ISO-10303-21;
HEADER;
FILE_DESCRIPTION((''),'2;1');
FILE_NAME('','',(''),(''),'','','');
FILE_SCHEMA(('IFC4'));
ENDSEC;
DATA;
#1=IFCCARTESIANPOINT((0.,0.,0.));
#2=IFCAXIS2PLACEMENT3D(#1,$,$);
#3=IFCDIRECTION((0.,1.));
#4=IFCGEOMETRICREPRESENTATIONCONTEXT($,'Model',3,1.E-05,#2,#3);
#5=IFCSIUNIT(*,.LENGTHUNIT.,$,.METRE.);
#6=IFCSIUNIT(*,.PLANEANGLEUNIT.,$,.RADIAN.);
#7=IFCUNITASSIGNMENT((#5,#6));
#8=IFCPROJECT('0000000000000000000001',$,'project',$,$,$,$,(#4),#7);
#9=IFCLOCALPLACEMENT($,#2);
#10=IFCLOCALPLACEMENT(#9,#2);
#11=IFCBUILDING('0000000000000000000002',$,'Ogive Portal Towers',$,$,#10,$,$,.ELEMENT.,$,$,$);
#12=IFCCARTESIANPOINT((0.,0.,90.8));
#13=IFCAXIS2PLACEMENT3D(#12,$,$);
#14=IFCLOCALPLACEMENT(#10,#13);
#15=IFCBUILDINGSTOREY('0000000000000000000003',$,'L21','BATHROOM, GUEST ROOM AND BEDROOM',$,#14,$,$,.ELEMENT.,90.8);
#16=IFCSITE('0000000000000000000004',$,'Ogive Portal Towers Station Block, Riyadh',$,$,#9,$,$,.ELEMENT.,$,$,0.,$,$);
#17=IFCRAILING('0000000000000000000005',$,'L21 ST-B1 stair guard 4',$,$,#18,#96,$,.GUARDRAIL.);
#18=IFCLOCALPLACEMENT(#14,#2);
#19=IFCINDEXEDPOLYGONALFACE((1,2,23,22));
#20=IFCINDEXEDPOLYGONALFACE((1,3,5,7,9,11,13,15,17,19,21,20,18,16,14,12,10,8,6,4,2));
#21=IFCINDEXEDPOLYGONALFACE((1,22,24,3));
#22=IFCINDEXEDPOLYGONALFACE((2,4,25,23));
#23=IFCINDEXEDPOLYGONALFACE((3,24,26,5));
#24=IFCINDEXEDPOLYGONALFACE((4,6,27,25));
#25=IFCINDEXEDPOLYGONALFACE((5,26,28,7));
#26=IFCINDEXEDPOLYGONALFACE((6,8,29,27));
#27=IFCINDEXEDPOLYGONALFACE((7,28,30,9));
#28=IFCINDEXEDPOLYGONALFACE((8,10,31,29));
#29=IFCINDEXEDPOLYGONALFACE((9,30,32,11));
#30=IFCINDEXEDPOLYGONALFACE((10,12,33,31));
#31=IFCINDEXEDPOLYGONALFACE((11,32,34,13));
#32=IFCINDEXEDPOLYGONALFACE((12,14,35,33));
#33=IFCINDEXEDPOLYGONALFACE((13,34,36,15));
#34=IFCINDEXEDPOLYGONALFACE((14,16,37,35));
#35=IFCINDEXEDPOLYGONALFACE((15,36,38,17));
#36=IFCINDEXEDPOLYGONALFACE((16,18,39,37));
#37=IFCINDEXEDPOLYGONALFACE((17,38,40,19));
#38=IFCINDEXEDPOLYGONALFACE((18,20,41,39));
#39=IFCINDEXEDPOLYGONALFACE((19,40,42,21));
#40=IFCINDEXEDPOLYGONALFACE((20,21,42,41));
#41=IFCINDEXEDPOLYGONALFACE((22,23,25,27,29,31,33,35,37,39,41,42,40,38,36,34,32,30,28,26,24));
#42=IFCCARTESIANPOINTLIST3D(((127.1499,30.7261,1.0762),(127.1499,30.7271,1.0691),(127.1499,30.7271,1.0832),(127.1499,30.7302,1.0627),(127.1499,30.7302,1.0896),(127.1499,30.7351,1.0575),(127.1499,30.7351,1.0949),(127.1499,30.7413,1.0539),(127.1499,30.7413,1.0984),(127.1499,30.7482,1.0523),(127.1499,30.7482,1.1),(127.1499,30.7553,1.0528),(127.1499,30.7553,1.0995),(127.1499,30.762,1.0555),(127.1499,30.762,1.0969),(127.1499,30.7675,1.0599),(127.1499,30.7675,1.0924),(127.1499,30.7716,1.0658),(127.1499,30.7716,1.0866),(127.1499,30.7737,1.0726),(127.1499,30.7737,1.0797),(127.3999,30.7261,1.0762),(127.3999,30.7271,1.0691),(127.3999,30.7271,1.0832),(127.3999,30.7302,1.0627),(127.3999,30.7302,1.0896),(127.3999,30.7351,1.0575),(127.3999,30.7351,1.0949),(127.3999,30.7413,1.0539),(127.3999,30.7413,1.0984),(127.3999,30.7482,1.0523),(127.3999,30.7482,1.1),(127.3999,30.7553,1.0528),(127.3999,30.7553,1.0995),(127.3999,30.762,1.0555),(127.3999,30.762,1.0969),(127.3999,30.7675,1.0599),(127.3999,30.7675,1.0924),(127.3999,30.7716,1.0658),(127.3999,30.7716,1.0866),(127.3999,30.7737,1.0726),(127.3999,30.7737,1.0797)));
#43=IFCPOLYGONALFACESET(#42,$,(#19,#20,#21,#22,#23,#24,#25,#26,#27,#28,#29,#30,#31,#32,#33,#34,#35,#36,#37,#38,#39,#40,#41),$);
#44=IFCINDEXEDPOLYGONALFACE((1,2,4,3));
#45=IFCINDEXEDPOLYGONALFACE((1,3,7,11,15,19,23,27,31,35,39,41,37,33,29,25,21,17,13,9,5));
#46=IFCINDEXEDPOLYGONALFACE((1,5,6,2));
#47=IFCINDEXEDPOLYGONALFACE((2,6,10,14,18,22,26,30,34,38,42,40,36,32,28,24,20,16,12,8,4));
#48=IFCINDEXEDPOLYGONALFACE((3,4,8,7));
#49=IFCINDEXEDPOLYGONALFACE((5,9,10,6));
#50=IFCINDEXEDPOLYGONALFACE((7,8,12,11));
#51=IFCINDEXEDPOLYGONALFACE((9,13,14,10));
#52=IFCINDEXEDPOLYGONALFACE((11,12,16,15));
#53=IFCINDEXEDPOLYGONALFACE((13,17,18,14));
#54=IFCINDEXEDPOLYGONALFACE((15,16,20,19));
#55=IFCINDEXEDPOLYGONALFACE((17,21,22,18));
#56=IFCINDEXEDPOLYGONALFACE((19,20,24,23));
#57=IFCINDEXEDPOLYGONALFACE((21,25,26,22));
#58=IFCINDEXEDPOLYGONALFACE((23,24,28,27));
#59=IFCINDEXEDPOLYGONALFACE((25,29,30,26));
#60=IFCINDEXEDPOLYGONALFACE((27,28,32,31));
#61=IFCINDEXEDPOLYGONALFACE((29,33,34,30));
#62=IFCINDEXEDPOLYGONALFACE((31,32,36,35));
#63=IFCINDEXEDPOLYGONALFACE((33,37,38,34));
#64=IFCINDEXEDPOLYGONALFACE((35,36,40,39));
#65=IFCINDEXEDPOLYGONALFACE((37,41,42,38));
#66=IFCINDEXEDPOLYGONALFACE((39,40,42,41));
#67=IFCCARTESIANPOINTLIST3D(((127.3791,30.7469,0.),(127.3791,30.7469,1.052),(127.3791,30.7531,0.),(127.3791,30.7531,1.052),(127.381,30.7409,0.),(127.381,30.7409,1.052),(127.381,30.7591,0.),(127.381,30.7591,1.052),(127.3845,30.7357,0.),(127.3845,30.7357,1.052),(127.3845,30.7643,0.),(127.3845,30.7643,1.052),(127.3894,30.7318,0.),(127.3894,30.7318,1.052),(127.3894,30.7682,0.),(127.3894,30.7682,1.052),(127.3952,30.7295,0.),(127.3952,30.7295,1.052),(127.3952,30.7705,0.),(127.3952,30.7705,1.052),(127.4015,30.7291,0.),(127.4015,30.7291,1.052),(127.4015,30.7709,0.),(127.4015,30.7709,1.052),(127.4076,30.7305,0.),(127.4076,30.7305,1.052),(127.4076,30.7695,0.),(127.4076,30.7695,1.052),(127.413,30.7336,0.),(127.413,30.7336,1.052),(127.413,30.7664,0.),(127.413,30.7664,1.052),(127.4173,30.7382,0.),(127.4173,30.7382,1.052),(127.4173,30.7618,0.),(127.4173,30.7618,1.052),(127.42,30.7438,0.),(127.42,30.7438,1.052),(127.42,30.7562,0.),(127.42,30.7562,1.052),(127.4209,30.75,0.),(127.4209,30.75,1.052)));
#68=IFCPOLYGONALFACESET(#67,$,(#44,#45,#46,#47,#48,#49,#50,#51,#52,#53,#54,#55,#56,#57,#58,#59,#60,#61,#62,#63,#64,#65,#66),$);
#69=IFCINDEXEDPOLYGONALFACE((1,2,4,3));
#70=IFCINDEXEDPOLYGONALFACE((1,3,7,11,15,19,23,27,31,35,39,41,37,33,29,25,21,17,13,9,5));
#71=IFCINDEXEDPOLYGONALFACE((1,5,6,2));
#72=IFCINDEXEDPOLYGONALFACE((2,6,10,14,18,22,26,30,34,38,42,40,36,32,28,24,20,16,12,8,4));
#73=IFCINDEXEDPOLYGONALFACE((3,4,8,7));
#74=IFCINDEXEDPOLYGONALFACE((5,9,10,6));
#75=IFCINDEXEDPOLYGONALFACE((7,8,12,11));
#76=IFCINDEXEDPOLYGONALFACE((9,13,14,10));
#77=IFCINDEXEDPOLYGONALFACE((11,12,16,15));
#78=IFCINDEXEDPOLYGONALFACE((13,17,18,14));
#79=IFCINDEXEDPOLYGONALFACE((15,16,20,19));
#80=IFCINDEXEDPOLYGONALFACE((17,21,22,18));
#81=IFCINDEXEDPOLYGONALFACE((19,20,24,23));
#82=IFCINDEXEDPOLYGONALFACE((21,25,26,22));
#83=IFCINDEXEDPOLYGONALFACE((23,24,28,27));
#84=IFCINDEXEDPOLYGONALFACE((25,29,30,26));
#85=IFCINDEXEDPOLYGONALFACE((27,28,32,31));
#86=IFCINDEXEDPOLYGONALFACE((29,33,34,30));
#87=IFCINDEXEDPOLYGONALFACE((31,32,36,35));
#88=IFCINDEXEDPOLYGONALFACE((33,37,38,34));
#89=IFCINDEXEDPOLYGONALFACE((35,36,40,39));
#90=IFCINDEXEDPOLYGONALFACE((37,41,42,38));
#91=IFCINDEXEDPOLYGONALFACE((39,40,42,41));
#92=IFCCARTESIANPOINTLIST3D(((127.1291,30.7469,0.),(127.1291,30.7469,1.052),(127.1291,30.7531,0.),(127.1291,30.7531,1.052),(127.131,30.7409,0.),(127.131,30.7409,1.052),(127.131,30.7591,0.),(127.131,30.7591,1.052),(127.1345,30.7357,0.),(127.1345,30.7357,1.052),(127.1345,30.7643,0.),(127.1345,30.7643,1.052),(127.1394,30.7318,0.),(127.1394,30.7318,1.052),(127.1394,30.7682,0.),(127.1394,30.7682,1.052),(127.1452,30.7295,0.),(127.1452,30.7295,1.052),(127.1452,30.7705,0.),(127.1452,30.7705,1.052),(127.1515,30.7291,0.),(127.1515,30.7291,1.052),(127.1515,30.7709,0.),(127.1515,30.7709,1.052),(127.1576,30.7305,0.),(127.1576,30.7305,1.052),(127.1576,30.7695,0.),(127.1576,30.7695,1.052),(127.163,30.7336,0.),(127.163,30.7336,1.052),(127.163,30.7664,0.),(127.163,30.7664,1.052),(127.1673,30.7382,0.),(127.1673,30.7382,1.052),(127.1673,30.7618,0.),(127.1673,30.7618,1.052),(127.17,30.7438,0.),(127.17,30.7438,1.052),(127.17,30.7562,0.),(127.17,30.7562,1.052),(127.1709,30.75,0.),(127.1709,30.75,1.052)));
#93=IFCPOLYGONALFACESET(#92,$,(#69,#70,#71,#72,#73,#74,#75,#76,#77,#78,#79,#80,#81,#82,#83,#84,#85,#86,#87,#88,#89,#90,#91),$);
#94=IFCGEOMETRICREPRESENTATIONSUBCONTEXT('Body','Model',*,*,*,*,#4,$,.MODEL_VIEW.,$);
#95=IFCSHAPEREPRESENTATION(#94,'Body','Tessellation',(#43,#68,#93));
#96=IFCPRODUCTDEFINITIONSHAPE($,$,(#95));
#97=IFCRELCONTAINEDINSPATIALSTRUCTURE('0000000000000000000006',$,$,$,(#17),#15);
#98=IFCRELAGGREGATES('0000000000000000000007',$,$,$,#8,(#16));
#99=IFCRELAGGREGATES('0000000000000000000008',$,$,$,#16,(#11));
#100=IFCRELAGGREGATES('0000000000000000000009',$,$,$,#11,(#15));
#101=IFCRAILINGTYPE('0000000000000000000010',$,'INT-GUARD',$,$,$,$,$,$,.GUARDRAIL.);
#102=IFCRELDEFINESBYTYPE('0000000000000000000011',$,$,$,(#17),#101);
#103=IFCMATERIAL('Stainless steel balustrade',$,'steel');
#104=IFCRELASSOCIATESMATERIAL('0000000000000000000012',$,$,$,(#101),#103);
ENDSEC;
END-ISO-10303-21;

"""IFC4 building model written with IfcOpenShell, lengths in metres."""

from ifc_helpers import new_model, si_unit, direction, frame, origin, origin_2d, place, context, subcontext, project, spatial, circle, extrude, material, type_object, element, save


model = new_model("IFC4")

# Units and contexts
model_context = context("Model", 3, precision=1e-05, world=origin(), true_north=direction((0.0, 1.0)))
body_context = subcontext(model_context, "Body", "Model", "MODEL_VIEW")
ifc_project = project(units=[si_unit("LENGTHUNIT", "METRE"), si_unit("PLANEANGLEUNIT", "RADIAN")], contexts=[model_context])

# Site, building, storey
site_placement = place(None, origin())
site = spatial("IfcSite", under=ifc_project, at=site_placement, Name="Ogive Portal Towers Station Block, Riyadh", CompositionType="ELEMENT", RefElevation=0.0)
building_placement = place(site_placement, origin())
building = spatial("IfcBuilding", under=site, at=building_placement, Name="Ogive Portal Towers", CompositionType="ELEMENT")
storey_placement = place(building_placement, frame((0.0, 0.0, 90.8)))
storey = spatial("IfcBuildingStorey", under=building, at=storey_placement, Name="L21", Description="BATHROOM, GUEST ROOM AND BEDROOM", CompositionType="ELEMENT", Elevation=90.8)

# Railing
ifc_material_1 = material(Name="Stainless steel balustrade", Category="steel")
railing_type = type_object("IfcRailingType", Name="INT-GUARD", PredefinedType="GUARDRAIL", material=ifc_material_1)
railing_1_placement = place(storey_placement, frame((127.3999, 30.75, 0.0)))
element("IfcRailing", 1, at=railing_1_placement, inside=storey, type_object=railing_type, Name="L21 ST-B1 stair guard 4", PredefinedType="GUARDRAIL", context=body_context, shape_type="SweptSolid", body=[
    extrude(circle(Radius=0.0239, at=origin_2d()), frame((0.0, 0.0, 1.0762), z_axis=(-1.0, 0.0, 0.0), x_axis=(0.0, -1.0, 0.0)), (0.0, 0.0, 1.0), 0.25),
    extrude(circle(Radius=0.021, at=origin_2d()), origin(), (0.0, 0.0, 1.0), 1.052),
    extrude(circle(Radius=0.021, at=origin_2d()), frame((-0.25, 0.0, 0.0)), (0.0, 0.0, 1.0), 1.052),
])

save(model, "model.ifc")
